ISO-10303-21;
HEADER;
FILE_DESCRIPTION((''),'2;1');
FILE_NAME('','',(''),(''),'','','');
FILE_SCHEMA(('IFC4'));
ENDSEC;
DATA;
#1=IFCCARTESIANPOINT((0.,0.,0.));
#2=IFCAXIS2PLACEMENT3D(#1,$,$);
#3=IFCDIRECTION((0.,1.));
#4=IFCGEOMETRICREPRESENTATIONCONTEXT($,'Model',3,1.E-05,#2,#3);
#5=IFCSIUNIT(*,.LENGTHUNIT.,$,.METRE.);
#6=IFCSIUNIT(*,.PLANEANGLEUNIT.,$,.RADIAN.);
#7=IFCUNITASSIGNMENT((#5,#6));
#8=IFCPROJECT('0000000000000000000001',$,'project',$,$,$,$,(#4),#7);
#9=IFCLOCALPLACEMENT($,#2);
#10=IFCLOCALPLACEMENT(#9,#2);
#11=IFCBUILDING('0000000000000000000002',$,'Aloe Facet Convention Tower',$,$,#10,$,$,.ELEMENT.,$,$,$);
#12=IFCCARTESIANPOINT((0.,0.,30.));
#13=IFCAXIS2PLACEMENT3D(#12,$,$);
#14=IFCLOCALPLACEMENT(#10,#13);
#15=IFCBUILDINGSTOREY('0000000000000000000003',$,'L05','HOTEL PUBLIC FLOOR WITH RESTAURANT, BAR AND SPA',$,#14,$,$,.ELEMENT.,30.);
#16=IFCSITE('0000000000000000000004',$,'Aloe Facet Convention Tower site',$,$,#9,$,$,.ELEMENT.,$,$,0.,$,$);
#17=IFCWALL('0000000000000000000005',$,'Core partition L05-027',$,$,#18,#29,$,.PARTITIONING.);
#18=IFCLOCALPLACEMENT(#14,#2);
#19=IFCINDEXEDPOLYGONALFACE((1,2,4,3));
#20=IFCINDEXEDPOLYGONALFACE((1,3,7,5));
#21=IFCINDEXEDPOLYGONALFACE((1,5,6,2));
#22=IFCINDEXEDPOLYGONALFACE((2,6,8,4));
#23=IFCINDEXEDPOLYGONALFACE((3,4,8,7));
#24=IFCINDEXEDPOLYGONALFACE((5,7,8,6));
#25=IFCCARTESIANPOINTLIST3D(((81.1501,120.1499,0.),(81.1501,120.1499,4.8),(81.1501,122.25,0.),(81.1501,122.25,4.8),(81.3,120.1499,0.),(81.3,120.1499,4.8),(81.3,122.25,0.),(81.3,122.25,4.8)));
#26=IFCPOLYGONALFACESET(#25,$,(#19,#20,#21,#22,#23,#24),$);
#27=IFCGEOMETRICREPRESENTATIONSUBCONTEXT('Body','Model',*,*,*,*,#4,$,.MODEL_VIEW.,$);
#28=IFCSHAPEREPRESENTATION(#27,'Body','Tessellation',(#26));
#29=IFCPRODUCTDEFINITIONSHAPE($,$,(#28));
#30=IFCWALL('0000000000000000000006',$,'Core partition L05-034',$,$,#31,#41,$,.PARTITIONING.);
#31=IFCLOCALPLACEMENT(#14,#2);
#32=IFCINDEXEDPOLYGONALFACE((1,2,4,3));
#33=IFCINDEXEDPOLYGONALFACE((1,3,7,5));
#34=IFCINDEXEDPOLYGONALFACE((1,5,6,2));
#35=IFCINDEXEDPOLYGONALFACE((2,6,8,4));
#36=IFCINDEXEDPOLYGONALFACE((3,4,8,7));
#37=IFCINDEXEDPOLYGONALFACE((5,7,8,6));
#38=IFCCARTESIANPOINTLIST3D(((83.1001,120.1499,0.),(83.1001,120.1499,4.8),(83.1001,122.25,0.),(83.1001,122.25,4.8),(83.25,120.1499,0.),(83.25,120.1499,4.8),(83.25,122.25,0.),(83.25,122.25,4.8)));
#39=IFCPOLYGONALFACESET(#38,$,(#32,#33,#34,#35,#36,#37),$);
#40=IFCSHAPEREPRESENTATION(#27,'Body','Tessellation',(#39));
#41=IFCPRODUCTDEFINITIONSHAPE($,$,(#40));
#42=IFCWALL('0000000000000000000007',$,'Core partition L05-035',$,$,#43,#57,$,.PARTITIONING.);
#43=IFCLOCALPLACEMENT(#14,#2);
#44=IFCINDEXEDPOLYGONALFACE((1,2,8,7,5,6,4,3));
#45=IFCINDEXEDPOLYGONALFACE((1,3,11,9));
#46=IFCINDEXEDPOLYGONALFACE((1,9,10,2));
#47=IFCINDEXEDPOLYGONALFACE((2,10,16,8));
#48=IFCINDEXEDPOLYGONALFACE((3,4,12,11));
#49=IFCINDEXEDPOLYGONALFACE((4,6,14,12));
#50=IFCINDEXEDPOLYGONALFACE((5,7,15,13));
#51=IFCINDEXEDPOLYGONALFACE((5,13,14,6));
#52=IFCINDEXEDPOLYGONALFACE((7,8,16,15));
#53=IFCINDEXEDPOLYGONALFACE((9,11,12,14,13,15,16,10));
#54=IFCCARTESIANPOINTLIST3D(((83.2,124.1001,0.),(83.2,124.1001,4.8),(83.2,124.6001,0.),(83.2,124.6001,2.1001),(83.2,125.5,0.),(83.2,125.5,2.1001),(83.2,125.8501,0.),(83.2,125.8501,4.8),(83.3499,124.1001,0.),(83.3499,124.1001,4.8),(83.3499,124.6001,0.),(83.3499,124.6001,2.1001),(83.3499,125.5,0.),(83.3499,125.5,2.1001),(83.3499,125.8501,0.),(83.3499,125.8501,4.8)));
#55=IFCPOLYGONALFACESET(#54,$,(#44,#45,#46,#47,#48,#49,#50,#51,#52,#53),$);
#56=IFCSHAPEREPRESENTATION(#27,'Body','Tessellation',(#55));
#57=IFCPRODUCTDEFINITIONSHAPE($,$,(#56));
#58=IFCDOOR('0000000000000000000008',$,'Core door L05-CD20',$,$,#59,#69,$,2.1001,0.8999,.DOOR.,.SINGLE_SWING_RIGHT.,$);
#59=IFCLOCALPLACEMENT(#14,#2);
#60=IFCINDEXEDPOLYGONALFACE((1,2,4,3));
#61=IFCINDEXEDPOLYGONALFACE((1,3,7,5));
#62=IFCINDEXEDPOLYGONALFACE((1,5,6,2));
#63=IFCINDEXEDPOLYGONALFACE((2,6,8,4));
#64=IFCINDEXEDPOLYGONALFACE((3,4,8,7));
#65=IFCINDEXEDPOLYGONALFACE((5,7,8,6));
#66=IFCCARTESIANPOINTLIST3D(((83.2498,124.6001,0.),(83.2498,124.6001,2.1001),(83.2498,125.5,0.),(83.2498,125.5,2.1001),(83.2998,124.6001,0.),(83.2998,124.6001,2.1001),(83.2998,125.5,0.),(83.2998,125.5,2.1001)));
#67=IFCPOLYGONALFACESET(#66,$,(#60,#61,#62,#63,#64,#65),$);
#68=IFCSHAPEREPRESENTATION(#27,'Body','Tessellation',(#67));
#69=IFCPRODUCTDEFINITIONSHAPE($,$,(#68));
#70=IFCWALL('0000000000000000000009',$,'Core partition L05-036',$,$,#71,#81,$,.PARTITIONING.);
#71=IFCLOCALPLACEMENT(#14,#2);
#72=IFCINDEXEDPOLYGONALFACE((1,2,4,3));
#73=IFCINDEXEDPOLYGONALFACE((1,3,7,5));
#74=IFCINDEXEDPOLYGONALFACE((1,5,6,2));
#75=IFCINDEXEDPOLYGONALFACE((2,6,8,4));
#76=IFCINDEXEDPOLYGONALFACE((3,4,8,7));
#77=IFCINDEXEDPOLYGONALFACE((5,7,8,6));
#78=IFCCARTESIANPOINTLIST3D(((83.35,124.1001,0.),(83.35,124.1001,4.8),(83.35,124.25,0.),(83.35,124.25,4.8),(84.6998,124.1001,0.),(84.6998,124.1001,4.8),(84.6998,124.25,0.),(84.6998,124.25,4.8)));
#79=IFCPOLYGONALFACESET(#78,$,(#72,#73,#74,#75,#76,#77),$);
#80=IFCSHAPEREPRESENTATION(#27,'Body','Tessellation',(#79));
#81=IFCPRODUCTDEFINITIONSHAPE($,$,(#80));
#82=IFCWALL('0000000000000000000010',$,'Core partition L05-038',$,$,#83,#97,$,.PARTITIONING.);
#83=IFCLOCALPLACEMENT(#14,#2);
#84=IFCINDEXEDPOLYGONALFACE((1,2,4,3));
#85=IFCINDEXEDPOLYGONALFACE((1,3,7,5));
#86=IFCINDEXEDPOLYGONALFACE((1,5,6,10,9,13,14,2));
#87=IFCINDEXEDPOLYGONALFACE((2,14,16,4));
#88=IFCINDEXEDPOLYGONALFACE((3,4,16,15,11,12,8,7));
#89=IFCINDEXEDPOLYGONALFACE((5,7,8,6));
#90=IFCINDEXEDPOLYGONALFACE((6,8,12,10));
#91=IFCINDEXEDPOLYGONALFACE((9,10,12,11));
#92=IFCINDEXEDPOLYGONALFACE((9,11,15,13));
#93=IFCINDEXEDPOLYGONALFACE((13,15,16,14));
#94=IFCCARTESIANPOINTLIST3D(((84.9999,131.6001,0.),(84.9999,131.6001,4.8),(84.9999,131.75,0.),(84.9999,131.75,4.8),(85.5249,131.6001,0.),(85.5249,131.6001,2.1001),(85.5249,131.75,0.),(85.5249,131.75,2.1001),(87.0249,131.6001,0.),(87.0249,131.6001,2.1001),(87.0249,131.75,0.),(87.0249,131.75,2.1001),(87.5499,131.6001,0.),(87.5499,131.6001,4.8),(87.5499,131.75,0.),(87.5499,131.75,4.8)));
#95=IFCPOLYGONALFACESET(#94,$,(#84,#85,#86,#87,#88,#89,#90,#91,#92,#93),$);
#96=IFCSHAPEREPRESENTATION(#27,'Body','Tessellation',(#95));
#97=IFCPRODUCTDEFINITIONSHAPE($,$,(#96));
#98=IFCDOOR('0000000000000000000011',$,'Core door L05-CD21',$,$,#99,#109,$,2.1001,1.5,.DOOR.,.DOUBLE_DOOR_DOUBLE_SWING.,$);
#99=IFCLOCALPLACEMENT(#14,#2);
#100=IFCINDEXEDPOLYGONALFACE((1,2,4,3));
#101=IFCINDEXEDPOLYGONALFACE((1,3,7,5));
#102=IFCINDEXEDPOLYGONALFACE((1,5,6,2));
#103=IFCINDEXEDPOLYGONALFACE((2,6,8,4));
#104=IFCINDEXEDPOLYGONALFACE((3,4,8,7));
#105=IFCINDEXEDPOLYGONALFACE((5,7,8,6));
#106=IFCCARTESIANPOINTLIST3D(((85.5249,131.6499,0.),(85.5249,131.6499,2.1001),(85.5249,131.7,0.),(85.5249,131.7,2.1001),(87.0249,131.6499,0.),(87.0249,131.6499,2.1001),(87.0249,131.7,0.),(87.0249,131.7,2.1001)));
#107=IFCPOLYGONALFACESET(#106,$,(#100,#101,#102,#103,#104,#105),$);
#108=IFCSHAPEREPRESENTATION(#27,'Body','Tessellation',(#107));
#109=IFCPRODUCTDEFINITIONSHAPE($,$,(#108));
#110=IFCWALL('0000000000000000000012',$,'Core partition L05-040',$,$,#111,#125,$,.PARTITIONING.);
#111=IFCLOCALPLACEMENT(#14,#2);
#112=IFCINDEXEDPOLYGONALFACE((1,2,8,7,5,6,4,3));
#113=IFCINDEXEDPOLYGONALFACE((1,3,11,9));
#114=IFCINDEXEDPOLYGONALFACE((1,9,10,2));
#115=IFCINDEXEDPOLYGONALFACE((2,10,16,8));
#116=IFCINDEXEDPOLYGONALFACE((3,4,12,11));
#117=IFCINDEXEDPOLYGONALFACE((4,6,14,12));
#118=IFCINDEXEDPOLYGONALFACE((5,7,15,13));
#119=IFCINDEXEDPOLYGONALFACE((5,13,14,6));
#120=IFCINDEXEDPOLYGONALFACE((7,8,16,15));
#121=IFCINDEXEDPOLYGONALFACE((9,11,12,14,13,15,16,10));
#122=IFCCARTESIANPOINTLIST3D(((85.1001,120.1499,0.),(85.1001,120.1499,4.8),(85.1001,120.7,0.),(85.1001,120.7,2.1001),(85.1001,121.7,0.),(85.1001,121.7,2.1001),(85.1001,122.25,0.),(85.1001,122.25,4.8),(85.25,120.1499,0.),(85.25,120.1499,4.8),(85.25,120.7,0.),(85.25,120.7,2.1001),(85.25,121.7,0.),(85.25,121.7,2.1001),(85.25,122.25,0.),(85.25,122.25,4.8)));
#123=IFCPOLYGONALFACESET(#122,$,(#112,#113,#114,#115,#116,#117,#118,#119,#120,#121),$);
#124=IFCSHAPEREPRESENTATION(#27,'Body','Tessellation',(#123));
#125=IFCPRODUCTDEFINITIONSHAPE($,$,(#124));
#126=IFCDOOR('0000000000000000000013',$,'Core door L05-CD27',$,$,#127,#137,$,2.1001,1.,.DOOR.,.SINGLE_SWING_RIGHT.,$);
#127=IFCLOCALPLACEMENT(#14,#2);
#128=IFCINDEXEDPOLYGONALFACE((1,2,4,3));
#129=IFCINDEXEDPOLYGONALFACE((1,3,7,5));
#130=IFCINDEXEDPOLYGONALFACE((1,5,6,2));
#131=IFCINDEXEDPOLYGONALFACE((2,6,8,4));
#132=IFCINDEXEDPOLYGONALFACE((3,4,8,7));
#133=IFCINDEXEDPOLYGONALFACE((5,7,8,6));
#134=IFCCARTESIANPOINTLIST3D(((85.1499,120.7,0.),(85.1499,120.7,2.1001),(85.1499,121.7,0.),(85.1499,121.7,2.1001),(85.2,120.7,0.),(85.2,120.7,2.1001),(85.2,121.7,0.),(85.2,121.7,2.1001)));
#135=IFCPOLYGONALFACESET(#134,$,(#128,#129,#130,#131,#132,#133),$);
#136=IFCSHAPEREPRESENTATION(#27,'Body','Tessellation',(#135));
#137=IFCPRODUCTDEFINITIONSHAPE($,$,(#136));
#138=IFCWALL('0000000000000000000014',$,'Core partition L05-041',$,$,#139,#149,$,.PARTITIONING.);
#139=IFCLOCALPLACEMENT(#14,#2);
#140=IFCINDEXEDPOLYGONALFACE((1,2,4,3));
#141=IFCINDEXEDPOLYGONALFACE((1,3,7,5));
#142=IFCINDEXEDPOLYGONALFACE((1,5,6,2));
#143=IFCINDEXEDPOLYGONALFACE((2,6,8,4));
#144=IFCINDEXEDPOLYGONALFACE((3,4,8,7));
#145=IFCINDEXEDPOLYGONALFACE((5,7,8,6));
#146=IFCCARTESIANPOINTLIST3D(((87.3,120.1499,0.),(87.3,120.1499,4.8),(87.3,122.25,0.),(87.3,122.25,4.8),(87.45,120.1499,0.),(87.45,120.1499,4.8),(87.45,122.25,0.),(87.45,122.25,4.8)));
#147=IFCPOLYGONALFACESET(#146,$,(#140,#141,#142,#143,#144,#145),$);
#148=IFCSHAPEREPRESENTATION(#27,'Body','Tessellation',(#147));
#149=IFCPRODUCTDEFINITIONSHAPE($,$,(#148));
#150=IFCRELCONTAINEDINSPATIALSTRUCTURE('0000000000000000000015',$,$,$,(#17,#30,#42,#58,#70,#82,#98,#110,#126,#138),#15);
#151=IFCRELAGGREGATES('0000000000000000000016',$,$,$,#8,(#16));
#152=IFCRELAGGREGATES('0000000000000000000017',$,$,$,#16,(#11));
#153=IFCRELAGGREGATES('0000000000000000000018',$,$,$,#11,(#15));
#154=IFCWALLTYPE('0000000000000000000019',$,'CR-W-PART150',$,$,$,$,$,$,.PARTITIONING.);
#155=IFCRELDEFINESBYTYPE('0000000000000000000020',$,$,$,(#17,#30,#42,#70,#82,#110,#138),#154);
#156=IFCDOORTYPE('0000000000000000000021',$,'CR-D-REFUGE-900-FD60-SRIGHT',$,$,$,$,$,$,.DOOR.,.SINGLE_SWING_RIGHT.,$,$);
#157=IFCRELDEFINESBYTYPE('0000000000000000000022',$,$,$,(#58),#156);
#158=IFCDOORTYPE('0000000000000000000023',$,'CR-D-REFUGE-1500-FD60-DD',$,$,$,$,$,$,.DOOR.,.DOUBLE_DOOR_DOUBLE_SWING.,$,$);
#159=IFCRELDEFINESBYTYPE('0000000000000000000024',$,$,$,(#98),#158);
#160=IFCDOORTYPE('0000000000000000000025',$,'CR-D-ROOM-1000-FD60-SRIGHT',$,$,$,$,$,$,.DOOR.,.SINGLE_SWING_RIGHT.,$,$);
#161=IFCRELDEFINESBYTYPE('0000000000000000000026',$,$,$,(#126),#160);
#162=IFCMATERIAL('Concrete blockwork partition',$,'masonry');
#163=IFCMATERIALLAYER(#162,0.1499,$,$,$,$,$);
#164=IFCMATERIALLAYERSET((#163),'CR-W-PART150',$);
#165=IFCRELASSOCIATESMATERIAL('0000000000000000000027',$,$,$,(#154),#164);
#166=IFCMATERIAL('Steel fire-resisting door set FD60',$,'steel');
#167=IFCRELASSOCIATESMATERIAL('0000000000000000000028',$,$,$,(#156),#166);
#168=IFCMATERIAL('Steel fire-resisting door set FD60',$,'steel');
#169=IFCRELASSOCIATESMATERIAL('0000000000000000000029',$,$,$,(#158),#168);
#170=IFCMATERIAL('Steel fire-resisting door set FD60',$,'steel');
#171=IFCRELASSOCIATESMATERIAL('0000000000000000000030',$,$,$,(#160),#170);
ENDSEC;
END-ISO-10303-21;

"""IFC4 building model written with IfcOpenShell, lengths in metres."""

from ifc_helpers import new_model, si_unit, direction, frame, frame_2d, origin, place, context, subcontext, project, spatial, rectangle, extrude, material, layer, layer_set, type_object, element, fill, save


model = new_model("IFC4")

# Units and contexts
model_context = context("Model", 3, precision=1e-05, world=origin(), true_north=direction((0.0, 1.0)))
body_context = subcontext(model_context, "Body", "Model", "MODEL_VIEW")
ifc_project = project(units=[si_unit("LENGTHUNIT", "METRE"), si_unit("PLANEANGLEUNIT", "RADIAN")], contexts=[model_context])

# Site, building, storey
site_placement = place(None, origin())
site = spatial("IfcSite", under=ifc_project, at=site_placement, Name="Aloe Facet Convention Tower site", CompositionType="ELEMENT", RefElevation=0.0)
building_placement = place(site_placement, origin())
building = spatial("IfcBuilding", under=site, at=building_placement, Name="Aloe Facet Convention Tower", CompositionType="ELEMENT")
storey_placement = place(building_placement, frame((0.0, 0.0, 30.0)))
storey = spatial("IfcBuildingStorey", under=building, at=storey_placement, Name="L05", Description="HOTEL PUBLIC FLOOR WITH RESTAURANT, BAR AND SPA", CompositionType="ELEMENT", Elevation=30.0)

# Walls
ifc_material_1 = material(Name="Concrete blockwork partition", Category="masonry")
ifc_layer_1 = layer(ifc_material_1, 0.1499)
ifc_layer_set_1 = layer_set([ifc_layer_1], Name="CR-W-PART150")
wall_type_1 = type_object("IfcWallType", Name="CR-W-PART150", PredefinedType="PARTITIONING", material=ifc_layer_set_1)
for number, where, z_axis, x_axis, name in (
    (1, (81.2251, 122.25, 0.0), (0.0, 0.0, 1.0), (0.0, -1.0, 0.0), "Core partition L05-027"),
    (2, (83.175, 122.25, 0.0), (0.0, 0.0, 1.0), (0.0, -1.0, 0.0), "Core partition L05-034"),
):
    element("IfcWall", number, at=place(storey_placement, frame(where, z_axis=z_axis, x_axis=x_axis)), inside=storey, type_object=wall_type_1, Name=name, PredefinedType="PARTITIONING", context=body_context, shape_type="SweptSolid", body=[
        extrude(rectangle(XDim=2.1001, YDim=0.1499, at=frame_2d((1.05, 0.0))), origin(), (0.0, 0.0, 1.0), 4.8),
    ])

# Wall, opening, door
wall_1_placement = place(storey_placement, frame((83.2749, 125.8501, 0.0), z_axis=(0.0, 0.0, 1.0), x_axis=(0.0, -1.0, 0.0)))
wall_1 = element("IfcWall", 3, at=wall_1_placement, inside=storey, type_object=wall_type_1, Name="Core partition L05-035", PredefinedType="PARTITIONING", context=body_context, shape_type="SweptSolid", body=[
    extrude(rectangle(XDim=1.75, YDim=0.1499, at=frame_2d((0.875, 0.0))), origin(), (0.0, 0.0, 1.0), 4.8),
])
opening_1_placement = place(wall_1_placement, frame((0.3501, 0.0, 0.0)))
opening_1 = element("IfcOpeningElement", 4, at=opening_1_placement, cuts=wall_1, PredefinedType="OPENING", context=body_context, shape_type="SweptSolid", body=[
    extrude(rectangle(XDim=0.8999, YDim=2.1001, at=frame_2d((0.45, 1.05))), frame((0.0, 0.085, 0.0), z_axis=(0.0, -1.0, 0.0), x_axis=(1.0, 0.0, 0.0)), (0.0, 0.0, 1.0), 0.1699),
])
ifc_material_2 = material(Name="Steel fire-resisting door set FD60", Category="steel")
door_type_1 = type_object("IfcDoorType", Name="CR-D-REFUGE-900-FD60-SRIGHT", OperationType="SINGLE_SWING_RIGHT", PredefinedType="DOOR", material=ifc_material_2)
door_1_placement = place(opening_1_placement, origin())
door_1 = element("IfcDoor", 5, at=door_1_placement, inside=storey, type_object=door_type_1, Name="Core door L05-CD20", OperationType="SINGLE_SWING_RIGHT", OverallHeight=2.1001, OverallWidth=0.8999, PredefinedType="DOOR", context=body_context, shape_type="SweptSolid", body=[
    extrude(rectangle(XDim=0.8999, YDim=2.1001, at=frame_2d((0.45, 1.05))), frame((0.0, 0.0249, 0.0), z_axis=(0.0, -1.0, 0.0), x_axis=(1.0, 0.0, 0.0)), (0.0, 0.0, 1.0), 0.05),
])
fill(opening_1, door_1)

# Wall
wall_2_placement = place(storey_placement, frame((83.3501, 124.175, 0.0), z_axis=(0.0, 0.0, 1.0), x_axis=(1.0, 0.0, 0.0)))
element("IfcWall", 6, at=wall_2_placement, inside=storey, type_object=wall_type_1, Name="Core partition L05-036", PredefinedType="PARTITIONING", context=body_context, shape_type="SweptSolid", body=[
    extrude(rectangle(XDim=1.3499, YDim=0.1499, at=frame_2d((0.6748, 0.0))), origin(), (0.0, 0.0, 1.0), 4.8),
])

# Walls, openings, doors
wall_3_placement = place(storey_placement, frame((85.0, 131.675, 0.0), z_axis=(0.0, 0.0, 1.0), x_axis=(1.0, 0.0, 0.0)))
wall_3 = element("IfcWall", 7, at=wall_3_placement, inside=storey, type_object=wall_type_1, Name="Core partition L05-038", PredefinedType="PARTITIONING", context=body_context, shape_type="SweptSolid", body=[
    extrude(rectangle(XDim=2.55, YDim=0.1499, at=frame_2d((1.2749, 0.0))), origin(), (0.0, 0.0, 1.0), 4.8),
])
opening_2_placement = place(wall_3_placement, frame((0.5249, 0.0, 0.0)))
opening_2 = element("IfcOpeningElement", 8, at=opening_2_placement, cuts=wall_3, PredefinedType="OPENING", context=body_context, shape_type="SweptSolid", body=[
    extrude(rectangle(XDim=1.5, YDim=2.1001, at=frame_2d((0.75, 1.05))), frame((0.0, 0.085, 0.0), z_axis=(0.0, -1.0, 0.0), x_axis=(1.0, 0.0, 0.0)), (0.0, 0.0, 1.0), 0.1699),
])
ifc_material_3 = material(Name="Steel fire-resisting door set FD60", Category="steel")
door_type_2 = type_object("IfcDoorType", Name="CR-D-REFUGE-1500-FD60-DD", OperationType="DOUBLE_DOOR_DOUBLE_SWING", PredefinedType="DOOR", material=ifc_material_3)
door_2_placement = place(opening_2_placement, origin())
door_2 = element("IfcDoor", 9, at=door_2_placement, inside=storey, type_object=door_type_2, Name="Core door L05-CD21", OperationType="DOUBLE_DOOR_DOUBLE_SWING", OverallHeight=2.1001, OverallWidth=1.5, PredefinedType="DOOR", context=body_context, shape_type="SweptSolid", body=[
    extrude(rectangle(XDim=1.5, YDim=2.1001, at=frame_2d((0.75, 1.05))), frame((0.0, 0.0249, 0.0), z_axis=(0.0, -1.0, 0.0), x_axis=(1.0, 0.0, 0.0)), (0.0, 0.0, 1.0), 0.05),
])
fill(opening_2, door_2)
wall_4_placement = place(storey_placement, frame((85.175, 122.25, 0.0), z_axis=(0.0, 0.0, 1.0), x_axis=(0.0, -1.0, 0.0)))
wall_4 = element("IfcWall", 10, at=wall_4_placement, inside=storey, type_object=wall_type_1, Name="Core partition L05-040", PredefinedType="PARTITIONING", context=body_context, shape_type="SweptSolid", body=[
    extrude(rectangle(XDim=2.1001, YDim=0.1499, at=frame_2d((1.05, 0.0))), origin(), (0.0, 0.0, 1.0), 4.8),
])
opening_3_placement = place(wall_4_placement, frame((0.55, 0.0, 0.0)))
opening_3 = element("IfcOpeningElement", 11, at=opening_3_placement, cuts=wall_4, PredefinedType="OPENING", context=body_context, shape_type="SweptSolid", body=[
    extrude(rectangle(XDim=1.0, YDim=2.1001, at=frame_2d((0.5, 1.05))), frame((0.0, 0.085, 0.0), z_axis=(0.0, -1.0, 0.0), x_axis=(1.0, 0.0, 0.0)), (0.0, 0.0, 1.0), 0.1699),
])
ifc_material_4 = material(Name="Steel fire-resisting door set FD60", Category="steel")
door_type_3 = type_object("IfcDoorType", Name="CR-D-ROOM-1000-FD60-SRIGHT", OperationType="SINGLE_SWING_RIGHT", PredefinedType="DOOR", material=ifc_material_4)
door_3_placement = place(opening_3_placement, origin())
door_3 = element("IfcDoor", 12, at=door_3_placement, inside=storey, type_object=door_type_3, Name="Core door L05-CD27", OperationType="SINGLE_SWING_RIGHT", OverallHeight=2.1001, OverallWidth=1.0, PredefinedType="DOOR", context=body_context, shape_type="SweptSolid", body=[
    extrude(rectangle(XDim=1.0, YDim=2.1001, at=frame_2d((0.5, 1.05))), frame((0.0, 0.0249, 0.0), z_axis=(0.0, -1.0, 0.0), x_axis=(1.0, 0.0, 0.0)), (0.0, 0.0, 1.0), 0.05),
])
fill(opening_3, door_3)

# Wall
wall_5_placement = place(storey_placement, frame((87.375, 122.25, 0.0), z_axis=(0.0, 0.0, 1.0), x_axis=(0.0, -1.0, 0.0)))
element("IfcWall", 13, at=wall_5_placement, inside=storey, type_object=wall_type_1, Name="Core partition L05-041", PredefinedType="PARTITIONING", context=body_context, shape_type="SweptSolid", body=[
    extrude(rectangle(XDim=2.1001, YDim=0.1499, at=frame_2d((1.05, 0.0))), origin(), (0.0, 0.0, 1.0), 4.8),
])

save(model, "model.ifc")
